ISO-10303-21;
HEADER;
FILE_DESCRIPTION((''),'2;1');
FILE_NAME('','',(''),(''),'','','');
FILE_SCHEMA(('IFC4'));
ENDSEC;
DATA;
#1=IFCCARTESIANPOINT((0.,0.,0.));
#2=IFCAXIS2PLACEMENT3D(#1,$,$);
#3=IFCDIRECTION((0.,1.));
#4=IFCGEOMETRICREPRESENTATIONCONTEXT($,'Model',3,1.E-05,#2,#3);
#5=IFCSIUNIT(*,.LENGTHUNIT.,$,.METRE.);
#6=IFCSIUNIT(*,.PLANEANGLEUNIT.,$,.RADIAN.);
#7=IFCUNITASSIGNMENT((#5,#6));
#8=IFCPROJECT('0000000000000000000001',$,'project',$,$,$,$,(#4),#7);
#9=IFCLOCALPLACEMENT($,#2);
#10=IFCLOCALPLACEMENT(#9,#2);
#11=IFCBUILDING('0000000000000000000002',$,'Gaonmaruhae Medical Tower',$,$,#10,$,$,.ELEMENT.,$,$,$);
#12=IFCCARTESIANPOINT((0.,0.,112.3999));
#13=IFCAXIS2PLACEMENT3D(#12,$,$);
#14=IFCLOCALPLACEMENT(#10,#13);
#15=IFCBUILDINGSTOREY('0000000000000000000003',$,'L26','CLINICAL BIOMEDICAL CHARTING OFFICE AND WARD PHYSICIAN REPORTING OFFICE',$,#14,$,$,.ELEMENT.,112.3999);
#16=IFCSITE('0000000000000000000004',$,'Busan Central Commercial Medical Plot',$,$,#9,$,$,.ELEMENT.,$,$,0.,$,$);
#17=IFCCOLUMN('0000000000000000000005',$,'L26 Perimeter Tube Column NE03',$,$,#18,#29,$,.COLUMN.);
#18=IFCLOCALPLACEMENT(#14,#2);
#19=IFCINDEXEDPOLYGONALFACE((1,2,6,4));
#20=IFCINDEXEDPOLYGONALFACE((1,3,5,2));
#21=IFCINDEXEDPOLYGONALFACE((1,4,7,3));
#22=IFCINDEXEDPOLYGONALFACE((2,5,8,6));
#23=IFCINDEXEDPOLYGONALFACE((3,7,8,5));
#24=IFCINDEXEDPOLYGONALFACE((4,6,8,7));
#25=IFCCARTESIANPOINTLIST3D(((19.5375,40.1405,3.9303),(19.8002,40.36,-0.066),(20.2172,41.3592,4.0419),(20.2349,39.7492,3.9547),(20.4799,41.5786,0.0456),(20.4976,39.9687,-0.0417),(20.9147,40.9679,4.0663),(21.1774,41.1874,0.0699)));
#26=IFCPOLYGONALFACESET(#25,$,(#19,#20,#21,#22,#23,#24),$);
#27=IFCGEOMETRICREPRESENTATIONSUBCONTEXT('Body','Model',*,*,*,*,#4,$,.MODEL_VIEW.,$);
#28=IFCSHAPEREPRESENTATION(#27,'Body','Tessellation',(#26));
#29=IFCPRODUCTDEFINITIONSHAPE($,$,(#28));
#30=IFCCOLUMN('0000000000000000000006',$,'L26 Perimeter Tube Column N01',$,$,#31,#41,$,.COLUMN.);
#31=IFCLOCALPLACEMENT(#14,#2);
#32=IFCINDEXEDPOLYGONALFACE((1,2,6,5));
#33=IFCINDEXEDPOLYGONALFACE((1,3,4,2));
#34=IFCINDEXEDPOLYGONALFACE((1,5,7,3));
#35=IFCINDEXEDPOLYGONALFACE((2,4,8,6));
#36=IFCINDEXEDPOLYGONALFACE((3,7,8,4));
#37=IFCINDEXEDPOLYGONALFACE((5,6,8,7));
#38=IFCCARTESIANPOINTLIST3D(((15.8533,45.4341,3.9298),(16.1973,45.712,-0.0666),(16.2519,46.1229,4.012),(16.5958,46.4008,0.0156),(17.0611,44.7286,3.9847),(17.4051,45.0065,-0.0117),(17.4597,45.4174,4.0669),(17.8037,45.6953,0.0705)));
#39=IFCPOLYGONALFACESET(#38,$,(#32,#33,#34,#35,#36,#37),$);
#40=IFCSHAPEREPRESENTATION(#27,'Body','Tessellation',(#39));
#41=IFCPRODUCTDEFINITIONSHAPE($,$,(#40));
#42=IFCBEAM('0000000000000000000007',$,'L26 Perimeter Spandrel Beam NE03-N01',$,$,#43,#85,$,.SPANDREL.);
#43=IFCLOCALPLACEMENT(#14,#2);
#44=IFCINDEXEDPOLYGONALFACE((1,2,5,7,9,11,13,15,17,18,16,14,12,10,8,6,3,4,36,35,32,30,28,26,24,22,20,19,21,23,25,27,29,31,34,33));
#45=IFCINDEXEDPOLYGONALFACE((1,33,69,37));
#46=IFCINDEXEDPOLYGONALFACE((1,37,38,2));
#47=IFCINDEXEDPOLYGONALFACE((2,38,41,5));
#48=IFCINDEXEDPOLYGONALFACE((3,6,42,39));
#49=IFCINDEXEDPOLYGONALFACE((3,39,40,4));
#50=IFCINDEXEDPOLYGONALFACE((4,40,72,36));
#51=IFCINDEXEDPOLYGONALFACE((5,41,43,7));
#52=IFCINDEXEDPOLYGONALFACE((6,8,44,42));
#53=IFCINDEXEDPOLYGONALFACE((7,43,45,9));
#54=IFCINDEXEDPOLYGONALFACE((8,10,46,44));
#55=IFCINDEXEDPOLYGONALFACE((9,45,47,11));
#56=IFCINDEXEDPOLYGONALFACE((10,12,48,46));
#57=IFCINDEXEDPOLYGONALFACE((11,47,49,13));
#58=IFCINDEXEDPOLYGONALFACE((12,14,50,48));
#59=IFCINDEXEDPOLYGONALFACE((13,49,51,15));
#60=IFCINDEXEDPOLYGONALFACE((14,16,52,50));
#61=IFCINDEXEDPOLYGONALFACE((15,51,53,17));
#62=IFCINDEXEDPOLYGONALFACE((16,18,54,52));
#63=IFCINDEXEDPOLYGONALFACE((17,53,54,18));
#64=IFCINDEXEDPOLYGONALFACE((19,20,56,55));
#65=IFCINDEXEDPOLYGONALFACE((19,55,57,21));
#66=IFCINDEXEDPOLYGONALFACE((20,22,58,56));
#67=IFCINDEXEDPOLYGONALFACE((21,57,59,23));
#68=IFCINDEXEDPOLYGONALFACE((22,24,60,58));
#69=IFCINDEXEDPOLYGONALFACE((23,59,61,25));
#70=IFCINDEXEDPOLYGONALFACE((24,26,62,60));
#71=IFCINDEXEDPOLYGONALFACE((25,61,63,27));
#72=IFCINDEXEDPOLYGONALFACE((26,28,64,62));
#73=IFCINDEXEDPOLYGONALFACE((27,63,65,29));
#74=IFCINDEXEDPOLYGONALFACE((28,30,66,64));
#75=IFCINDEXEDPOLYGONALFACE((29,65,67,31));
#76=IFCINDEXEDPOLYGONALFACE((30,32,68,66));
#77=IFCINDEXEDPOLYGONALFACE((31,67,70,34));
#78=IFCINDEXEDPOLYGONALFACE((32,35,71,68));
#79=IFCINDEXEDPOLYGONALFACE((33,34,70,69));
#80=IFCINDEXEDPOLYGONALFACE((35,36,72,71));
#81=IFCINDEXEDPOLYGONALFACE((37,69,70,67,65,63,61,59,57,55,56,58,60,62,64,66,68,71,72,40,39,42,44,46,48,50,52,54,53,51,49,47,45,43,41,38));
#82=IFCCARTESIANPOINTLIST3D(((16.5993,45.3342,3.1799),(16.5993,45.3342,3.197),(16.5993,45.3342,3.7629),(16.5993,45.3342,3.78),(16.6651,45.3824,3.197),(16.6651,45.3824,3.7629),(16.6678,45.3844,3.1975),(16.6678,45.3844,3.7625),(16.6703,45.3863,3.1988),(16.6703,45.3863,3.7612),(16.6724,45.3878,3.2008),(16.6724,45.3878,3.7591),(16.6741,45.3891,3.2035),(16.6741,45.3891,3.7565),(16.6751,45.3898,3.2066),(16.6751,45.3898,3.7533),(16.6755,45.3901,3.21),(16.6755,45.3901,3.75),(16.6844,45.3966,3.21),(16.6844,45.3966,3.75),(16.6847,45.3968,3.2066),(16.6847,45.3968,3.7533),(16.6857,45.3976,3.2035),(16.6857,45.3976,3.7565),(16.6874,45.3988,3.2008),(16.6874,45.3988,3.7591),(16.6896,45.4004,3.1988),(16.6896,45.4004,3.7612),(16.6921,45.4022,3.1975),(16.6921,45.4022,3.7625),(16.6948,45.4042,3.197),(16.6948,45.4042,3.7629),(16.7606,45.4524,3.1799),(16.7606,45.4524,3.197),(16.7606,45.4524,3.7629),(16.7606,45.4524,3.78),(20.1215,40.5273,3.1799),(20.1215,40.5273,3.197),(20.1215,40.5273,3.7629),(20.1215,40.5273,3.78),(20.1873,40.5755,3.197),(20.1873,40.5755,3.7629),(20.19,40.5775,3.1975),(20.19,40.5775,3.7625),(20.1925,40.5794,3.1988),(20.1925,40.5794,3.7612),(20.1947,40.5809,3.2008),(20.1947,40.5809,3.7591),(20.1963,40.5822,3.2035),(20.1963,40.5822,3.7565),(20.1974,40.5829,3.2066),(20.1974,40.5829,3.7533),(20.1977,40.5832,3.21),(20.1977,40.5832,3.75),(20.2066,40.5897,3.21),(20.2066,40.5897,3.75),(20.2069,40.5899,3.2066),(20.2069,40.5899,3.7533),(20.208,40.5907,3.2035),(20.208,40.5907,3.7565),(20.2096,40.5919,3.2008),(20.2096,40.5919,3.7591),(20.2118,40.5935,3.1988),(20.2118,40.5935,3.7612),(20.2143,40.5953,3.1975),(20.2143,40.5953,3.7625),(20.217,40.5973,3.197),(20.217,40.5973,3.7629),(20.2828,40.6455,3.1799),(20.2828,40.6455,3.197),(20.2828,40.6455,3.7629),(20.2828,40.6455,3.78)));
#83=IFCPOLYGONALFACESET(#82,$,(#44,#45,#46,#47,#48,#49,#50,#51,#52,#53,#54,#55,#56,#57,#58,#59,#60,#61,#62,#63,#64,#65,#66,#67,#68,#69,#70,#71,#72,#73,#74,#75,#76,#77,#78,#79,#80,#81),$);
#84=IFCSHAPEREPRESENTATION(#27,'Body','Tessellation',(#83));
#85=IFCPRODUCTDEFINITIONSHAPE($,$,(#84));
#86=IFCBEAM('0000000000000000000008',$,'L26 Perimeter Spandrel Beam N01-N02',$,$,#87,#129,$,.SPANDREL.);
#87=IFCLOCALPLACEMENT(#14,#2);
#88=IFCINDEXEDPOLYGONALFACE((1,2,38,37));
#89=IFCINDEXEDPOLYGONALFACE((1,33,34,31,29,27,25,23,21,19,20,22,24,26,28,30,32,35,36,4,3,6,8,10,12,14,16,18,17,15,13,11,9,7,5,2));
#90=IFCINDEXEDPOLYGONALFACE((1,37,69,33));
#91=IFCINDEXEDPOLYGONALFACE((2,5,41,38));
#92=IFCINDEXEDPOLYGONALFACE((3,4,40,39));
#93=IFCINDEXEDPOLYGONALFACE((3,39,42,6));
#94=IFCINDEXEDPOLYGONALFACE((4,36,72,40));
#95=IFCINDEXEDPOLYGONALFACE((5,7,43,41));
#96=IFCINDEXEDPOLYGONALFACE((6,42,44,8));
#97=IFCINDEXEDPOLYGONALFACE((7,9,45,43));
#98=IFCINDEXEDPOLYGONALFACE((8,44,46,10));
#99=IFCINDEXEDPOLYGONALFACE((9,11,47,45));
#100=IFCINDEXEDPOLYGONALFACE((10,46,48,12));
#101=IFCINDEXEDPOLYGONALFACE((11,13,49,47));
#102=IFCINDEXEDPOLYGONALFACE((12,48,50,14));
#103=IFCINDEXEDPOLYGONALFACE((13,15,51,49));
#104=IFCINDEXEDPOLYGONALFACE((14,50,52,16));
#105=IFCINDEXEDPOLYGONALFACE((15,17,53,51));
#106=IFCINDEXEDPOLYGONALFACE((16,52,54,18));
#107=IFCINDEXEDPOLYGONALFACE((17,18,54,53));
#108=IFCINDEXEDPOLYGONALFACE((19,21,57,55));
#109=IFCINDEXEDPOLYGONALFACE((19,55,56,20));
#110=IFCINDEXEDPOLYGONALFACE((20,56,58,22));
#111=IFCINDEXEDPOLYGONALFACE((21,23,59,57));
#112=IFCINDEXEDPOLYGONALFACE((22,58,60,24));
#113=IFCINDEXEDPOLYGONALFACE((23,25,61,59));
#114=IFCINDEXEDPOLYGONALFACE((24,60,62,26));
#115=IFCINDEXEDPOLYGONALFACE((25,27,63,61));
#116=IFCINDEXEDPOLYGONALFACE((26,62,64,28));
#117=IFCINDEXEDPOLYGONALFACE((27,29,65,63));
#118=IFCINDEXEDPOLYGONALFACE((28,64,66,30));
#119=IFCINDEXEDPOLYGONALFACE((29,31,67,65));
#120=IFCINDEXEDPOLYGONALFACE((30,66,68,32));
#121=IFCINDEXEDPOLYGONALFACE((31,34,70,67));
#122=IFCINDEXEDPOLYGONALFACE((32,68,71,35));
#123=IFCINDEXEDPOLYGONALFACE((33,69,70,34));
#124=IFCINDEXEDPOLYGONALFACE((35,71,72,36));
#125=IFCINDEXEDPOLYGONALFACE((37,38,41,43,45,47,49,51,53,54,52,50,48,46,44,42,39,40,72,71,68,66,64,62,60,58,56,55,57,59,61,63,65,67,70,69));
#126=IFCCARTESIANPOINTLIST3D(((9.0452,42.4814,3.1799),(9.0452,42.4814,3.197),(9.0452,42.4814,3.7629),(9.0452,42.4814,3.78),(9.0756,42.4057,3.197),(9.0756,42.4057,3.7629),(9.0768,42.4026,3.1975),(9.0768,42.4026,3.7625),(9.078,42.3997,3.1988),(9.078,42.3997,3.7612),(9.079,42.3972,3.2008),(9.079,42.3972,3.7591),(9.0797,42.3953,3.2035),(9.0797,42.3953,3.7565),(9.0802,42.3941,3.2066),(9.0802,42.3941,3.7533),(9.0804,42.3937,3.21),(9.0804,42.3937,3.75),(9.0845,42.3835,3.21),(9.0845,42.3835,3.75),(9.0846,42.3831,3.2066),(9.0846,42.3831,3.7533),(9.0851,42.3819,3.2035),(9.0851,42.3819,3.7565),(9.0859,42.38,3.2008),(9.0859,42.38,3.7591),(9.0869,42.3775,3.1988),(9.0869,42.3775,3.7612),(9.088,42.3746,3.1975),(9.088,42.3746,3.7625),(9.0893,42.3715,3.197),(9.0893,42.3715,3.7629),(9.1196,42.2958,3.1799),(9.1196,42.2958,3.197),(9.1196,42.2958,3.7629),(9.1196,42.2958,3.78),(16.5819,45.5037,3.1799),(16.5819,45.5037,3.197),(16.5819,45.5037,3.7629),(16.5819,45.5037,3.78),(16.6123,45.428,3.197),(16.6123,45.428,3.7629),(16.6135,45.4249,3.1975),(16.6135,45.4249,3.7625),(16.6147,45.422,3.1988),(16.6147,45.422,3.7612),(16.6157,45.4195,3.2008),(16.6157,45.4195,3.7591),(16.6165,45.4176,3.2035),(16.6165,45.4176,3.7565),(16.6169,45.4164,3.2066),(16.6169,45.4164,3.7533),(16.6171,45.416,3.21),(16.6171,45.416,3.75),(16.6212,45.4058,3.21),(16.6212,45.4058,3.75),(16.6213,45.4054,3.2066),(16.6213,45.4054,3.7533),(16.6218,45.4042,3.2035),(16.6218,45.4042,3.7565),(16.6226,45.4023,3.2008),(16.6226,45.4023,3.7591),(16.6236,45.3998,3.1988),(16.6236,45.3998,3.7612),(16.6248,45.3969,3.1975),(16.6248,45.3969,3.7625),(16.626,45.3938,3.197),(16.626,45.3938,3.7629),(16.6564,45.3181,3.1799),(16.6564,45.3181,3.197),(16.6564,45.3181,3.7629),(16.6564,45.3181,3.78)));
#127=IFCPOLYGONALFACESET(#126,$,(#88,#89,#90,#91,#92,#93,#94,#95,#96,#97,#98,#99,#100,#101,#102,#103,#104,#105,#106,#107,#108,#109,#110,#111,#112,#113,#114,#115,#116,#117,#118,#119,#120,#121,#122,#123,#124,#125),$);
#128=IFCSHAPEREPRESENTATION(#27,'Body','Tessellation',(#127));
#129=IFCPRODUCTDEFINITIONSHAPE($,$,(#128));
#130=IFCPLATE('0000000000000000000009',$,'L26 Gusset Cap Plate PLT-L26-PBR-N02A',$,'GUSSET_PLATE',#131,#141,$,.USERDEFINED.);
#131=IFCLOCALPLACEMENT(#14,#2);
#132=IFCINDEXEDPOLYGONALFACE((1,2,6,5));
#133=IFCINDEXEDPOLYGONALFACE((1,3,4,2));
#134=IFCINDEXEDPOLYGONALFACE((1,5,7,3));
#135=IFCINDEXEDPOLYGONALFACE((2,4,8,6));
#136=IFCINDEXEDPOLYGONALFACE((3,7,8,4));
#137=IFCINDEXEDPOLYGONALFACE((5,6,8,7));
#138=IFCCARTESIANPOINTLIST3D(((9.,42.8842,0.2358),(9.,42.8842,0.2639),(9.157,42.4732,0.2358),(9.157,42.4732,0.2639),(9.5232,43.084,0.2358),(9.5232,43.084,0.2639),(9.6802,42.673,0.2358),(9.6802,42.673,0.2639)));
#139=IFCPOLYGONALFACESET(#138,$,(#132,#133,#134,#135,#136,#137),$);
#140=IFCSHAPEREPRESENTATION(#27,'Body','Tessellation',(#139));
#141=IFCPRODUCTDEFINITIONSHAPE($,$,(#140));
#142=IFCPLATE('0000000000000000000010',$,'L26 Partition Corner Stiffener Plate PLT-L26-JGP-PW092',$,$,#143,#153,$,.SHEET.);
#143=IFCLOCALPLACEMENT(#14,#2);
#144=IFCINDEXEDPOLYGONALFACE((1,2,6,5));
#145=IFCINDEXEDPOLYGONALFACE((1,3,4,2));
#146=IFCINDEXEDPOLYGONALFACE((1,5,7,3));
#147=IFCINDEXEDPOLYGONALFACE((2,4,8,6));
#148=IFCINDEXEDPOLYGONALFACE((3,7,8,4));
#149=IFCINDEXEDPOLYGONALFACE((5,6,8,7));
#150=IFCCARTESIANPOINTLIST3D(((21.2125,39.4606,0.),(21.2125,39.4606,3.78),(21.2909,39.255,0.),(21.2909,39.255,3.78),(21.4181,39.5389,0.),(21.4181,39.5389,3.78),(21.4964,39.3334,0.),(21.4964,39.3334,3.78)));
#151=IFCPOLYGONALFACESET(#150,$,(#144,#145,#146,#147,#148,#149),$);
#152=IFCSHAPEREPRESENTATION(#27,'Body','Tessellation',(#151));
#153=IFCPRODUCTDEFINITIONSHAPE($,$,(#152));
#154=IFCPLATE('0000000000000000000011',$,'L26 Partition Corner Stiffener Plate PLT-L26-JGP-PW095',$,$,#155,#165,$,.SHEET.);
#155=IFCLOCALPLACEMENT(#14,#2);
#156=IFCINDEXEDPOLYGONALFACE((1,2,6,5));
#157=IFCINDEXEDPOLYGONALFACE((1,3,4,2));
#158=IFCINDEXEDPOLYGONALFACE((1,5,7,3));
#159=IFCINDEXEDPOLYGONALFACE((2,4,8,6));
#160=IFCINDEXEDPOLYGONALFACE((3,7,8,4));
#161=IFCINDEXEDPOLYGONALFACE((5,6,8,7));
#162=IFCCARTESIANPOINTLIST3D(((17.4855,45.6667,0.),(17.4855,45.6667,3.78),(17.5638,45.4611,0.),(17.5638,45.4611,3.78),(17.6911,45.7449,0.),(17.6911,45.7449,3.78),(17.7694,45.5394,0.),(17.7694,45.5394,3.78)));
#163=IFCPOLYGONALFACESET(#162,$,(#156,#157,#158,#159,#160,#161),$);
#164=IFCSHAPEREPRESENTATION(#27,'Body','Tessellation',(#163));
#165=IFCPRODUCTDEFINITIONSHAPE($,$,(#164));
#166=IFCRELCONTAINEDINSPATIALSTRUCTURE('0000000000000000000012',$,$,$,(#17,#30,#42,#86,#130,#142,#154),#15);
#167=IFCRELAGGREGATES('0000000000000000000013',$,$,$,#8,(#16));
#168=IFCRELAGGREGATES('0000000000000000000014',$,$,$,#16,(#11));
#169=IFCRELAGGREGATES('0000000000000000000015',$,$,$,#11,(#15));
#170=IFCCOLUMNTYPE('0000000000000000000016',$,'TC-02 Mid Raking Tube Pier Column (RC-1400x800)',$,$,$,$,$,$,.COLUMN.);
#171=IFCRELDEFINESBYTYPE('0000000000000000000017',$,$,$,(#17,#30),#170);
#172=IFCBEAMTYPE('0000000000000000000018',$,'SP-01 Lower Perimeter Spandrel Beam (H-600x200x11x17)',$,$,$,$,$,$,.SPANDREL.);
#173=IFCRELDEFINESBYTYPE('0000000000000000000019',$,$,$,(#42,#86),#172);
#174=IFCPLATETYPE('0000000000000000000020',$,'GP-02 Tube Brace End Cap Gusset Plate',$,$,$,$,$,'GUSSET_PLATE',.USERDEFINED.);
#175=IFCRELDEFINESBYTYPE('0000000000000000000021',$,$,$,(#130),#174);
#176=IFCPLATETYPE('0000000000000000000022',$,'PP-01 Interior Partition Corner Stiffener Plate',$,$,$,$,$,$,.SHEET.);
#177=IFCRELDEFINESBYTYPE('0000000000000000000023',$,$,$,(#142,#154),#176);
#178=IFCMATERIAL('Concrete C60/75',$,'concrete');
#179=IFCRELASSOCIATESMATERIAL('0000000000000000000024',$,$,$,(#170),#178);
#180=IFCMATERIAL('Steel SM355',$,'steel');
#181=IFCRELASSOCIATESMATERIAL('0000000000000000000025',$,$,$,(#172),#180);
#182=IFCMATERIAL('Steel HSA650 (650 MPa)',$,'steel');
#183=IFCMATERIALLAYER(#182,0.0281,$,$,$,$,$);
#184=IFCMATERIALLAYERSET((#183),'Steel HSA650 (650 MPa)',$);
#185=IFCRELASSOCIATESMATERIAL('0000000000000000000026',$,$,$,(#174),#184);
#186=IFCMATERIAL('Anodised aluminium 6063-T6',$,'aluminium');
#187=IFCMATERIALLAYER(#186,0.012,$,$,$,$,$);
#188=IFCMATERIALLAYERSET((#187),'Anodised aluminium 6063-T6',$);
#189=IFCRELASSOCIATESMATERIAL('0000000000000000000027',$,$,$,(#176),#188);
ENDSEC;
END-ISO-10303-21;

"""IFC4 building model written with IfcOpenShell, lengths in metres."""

from ifc_helpers import new_model, si_unit, direction, frame, origin, origin_2d, place, context, subcontext, project, spatial, rectangle, i_section, extrude, material, layer, layer_set, material_profile, profile_set, type_object, element, save


model = new_model("IFC4")

# Units and contexts
model_context = context("Model", 3, precision=1e-05, world=origin(), true_north=direction((0.0, 1.0)))
body_context = subcontext(model_context, "Body", "Model", "MODEL_VIEW")
ifc_project = project(units=[si_unit("LENGTHUNIT", "METRE"), si_unit("PLANEANGLEUNIT", "RADIAN")], contexts=[model_context])

# Site, building, storey
site_placement = place(None, origin())
site = spatial("IfcSite", under=ifc_project, at=site_placement, Name="Busan Central Commercial Medical Plot", CompositionType="ELEMENT", RefElevation=0.0)
building_placement = place(site_placement, origin())
building = spatial("IfcBuilding", under=site, at=building_placement, Name="Gaonmaruhae Medical Tower", CompositionType="ELEMENT")
storey_placement = place(building_placement, frame((0.0, 0.0, 112.3999)))
storey = spatial("IfcBuildingStorey", under=building, at=storey_placement, Name="L26", Description="CLINICAL BIOMEDICAL CHARTING OFFICE AND WARD PHYSICIAN REPORTING OFFICE", CompositionType="ELEMENT", Elevation=112.3999)

# Columns
ifc_material_1 = material(Name="Concrete C60/75", Category="concrete")
ifc_material_profile_1 = material_profile(ifc_material_1, rectangle(XDim=1.3999, YDim=0.8, at=origin_2d()), Name="RC-1400x800")
ifc_profile_set_1 = profile_set([ifc_material_profile_1], Name="Concrete C60/75")
column_type = type_object("IfcColumnType", Name="TC-02 Mid Raking Tube Pier Column (RC-1400x800)", PredefinedType="COLUMN", material=ifc_profile_set_1)
column_1_placement = place(storey_placement, frame((20.4888, 40.7737, 0.002), z_axis=(-0.065494, -0.054721, 0.996351), x_axis=(0.485567, 0.870556, 0.07973)))
element("IfcColumn", 1, at=column_1_placement, inside=storey, type_object=column_type, Name="L26 Perimeter Tube Column NE03", PredefinedType="COLUMN", context=body_context, shape_type="SweptSolid", body=[
    extrude(rectangle(XDim=1.3999, YDim=0.8, at=origin_2d()), origin(), (0.0, 0.0, 1.0), 4.011),
])
column_2_placement = place(storey_placement, frame((17.0005, 45.7036, 0.002), z_axis=(-0.085555, -0.0691, 0.993934), x_axis=(0.862825, -0.503978, 0.039232)))
element("IfcColumn", 2, at=column_2_placement, inside=storey, type_object=column_type, Name="L26 Perimeter Tube Column N01", PredefinedType="COLUMN", context=body_context, shape_type="SweptSolid", body=[
    extrude(rectangle(XDim=1.3999, YDim=0.8, at=origin_2d()), origin(), (0.0, 0.0, 1.0), 4.0208),
])

# Beams
ifc_material_2 = material(Name="Steel SM355", Category="steel")
ifc_material_profile_2 = material_profile(ifc_material_2, i_section(OverallWidth=0.2, OverallDepth=0.6001, WebThickness=0.011, FlangeThickness=0.0171, FilletRadius=0.0129, at=origin_2d()), Name="H-600x200x11x17")
ifc_profile_set_2 = profile_set([ifc_material_profile_2], Name="Steel SM355")
beam_type = type_object("IfcBeamType", Name="SP-01 Lower Perimeter Spandrel Beam (H-600x200x11x17)", PredefinedType="SPANDREL", material=ifc_profile_set_2)
beam_1_placement = place(storey_placement, frame((20.2021, 40.5864, 3.48), z_axis=(-0.591055, 0.806632, 0.0), x_axis=(-0.806632, -0.591055, 0.0)))
element("IfcBeam", 3, at=beam_1_placement, inside=storey, type_object=beam_type, Name="L26 Perimeter Spandrel Beam NE03-N01", PredefinedType="SPANDREL", context=body_context, shape_type="SweptSolid", body=[
    extrude(i_section(OverallWidth=0.2, OverallDepth=0.6001, WebThickness=0.011, FlangeThickness=0.0171, FilletRadius=0.0129, at=origin_2d()), origin(), (0.0, 0.0, 1.0), 5.9592),
])
beam_2_placement = place(storey_placement, frame((16.6191, 45.4109, 3.48), z_axis=(-0.928155, -0.372194, 0.0), x_axis=(0.372194, -0.928155, 0.0)))
element("IfcBeam", 4, at=beam_2_placement, inside=storey, type_object=beam_type, Name="L26 Perimeter Spandrel Beam N01-N02", PredefinedType="SPANDREL", context=body_context, shape_type="SweptSolid", body=[
    extrude(i_section(OverallWidth=0.2, OverallDepth=0.6001, WebThickness=0.011, FlangeThickness=0.0171, FilletRadius=0.0129, at=origin_2d()), origin(), (0.0, 0.0, 1.0), 8.1201),
])

# Plates
ifc_material_3 = material(Name="Steel HSA650 (650 MPa)", Category="steel")
ifc_layer_1 = layer(ifc_material_3, 0.0281)
ifc_layer_set_1 = layer_set([ifc_layer_1], Name="Steel HSA650 (650 MPa)")
plate_type_1 = type_object("IfcPlateType", Name="GP-02 Tube Brace End Cap Gusset Plate", ElementType="GUSSET_PLATE", PredefinedType="USERDEFINED", material=ifc_layer_set_1)
plate_placement = place(storey_placement, frame((9.3401, 42.7786, 0.2358), z_axis=(0.0, 0.0, 1.0), x_axis=(0.934204, 0.356738, 0.0)))
element("IfcPlate", 5, at=plate_placement, inside=storey, type_object=plate_type_1, Name="L26 Gusset Cap Plate PLT-L26-PBR-N02A", ObjectType="GUSSET_PLATE", PredefinedType="USERDEFINED", context=body_context, shape_type="SweptSolid", body=[
    extrude(rectangle(XDim=0.5601, YDim=0.4399, at=origin_2d()), origin(), (0.0, 0.0, 1.0), 0.0281),
])
ifc_material_4 = material(Name="Anodised aluminium 6063-T6", Category="aluminium")
ifc_layer_2 = layer(ifc_material_4, 0.012)
ifc_layer_set_2 = layer_set([ifc_layer_2], Name="Anodised aluminium 6063-T6")
plate_type_2 = type_object("IfcPlateType", Name="PP-01 Interior Partition Corner Stiffener Plate", PredefinedType="SHEET", material=ifc_layer_set_2)
for number, where, z_axis, x_axis, name in (
    (6, (21.3545, 39.397, 0.0), (0.0, 0.0, 1.0), (-0.934404, -0.356216, 0.0), "L26 Partition Corner Stiffener Plate PLT-L26-JGP-PW092"),
    (7, (17.6274, 45.603, 0.0), (0.0, 0.0, 1.0), (0.355678, -0.934609, 0.0), "L26 Partition Corner Stiffener Plate PLT-L26-JGP-PW095"),
):
    element("IfcPlate", number, at=place(storey_placement, frame(where, z_axis=z_axis, x_axis=x_axis)), inside=storey, type_object=plate_type_2, Name=name, PredefinedType="SHEET", context=body_context, shape_type="SweptSolid", body=[
        extrude(rectangle(XDim=0.22, YDim=0.22, at=origin_2d()), origin(), (0.0, 0.0, 1.0), 3.78),
    ])

save(model, "model.ifc")
